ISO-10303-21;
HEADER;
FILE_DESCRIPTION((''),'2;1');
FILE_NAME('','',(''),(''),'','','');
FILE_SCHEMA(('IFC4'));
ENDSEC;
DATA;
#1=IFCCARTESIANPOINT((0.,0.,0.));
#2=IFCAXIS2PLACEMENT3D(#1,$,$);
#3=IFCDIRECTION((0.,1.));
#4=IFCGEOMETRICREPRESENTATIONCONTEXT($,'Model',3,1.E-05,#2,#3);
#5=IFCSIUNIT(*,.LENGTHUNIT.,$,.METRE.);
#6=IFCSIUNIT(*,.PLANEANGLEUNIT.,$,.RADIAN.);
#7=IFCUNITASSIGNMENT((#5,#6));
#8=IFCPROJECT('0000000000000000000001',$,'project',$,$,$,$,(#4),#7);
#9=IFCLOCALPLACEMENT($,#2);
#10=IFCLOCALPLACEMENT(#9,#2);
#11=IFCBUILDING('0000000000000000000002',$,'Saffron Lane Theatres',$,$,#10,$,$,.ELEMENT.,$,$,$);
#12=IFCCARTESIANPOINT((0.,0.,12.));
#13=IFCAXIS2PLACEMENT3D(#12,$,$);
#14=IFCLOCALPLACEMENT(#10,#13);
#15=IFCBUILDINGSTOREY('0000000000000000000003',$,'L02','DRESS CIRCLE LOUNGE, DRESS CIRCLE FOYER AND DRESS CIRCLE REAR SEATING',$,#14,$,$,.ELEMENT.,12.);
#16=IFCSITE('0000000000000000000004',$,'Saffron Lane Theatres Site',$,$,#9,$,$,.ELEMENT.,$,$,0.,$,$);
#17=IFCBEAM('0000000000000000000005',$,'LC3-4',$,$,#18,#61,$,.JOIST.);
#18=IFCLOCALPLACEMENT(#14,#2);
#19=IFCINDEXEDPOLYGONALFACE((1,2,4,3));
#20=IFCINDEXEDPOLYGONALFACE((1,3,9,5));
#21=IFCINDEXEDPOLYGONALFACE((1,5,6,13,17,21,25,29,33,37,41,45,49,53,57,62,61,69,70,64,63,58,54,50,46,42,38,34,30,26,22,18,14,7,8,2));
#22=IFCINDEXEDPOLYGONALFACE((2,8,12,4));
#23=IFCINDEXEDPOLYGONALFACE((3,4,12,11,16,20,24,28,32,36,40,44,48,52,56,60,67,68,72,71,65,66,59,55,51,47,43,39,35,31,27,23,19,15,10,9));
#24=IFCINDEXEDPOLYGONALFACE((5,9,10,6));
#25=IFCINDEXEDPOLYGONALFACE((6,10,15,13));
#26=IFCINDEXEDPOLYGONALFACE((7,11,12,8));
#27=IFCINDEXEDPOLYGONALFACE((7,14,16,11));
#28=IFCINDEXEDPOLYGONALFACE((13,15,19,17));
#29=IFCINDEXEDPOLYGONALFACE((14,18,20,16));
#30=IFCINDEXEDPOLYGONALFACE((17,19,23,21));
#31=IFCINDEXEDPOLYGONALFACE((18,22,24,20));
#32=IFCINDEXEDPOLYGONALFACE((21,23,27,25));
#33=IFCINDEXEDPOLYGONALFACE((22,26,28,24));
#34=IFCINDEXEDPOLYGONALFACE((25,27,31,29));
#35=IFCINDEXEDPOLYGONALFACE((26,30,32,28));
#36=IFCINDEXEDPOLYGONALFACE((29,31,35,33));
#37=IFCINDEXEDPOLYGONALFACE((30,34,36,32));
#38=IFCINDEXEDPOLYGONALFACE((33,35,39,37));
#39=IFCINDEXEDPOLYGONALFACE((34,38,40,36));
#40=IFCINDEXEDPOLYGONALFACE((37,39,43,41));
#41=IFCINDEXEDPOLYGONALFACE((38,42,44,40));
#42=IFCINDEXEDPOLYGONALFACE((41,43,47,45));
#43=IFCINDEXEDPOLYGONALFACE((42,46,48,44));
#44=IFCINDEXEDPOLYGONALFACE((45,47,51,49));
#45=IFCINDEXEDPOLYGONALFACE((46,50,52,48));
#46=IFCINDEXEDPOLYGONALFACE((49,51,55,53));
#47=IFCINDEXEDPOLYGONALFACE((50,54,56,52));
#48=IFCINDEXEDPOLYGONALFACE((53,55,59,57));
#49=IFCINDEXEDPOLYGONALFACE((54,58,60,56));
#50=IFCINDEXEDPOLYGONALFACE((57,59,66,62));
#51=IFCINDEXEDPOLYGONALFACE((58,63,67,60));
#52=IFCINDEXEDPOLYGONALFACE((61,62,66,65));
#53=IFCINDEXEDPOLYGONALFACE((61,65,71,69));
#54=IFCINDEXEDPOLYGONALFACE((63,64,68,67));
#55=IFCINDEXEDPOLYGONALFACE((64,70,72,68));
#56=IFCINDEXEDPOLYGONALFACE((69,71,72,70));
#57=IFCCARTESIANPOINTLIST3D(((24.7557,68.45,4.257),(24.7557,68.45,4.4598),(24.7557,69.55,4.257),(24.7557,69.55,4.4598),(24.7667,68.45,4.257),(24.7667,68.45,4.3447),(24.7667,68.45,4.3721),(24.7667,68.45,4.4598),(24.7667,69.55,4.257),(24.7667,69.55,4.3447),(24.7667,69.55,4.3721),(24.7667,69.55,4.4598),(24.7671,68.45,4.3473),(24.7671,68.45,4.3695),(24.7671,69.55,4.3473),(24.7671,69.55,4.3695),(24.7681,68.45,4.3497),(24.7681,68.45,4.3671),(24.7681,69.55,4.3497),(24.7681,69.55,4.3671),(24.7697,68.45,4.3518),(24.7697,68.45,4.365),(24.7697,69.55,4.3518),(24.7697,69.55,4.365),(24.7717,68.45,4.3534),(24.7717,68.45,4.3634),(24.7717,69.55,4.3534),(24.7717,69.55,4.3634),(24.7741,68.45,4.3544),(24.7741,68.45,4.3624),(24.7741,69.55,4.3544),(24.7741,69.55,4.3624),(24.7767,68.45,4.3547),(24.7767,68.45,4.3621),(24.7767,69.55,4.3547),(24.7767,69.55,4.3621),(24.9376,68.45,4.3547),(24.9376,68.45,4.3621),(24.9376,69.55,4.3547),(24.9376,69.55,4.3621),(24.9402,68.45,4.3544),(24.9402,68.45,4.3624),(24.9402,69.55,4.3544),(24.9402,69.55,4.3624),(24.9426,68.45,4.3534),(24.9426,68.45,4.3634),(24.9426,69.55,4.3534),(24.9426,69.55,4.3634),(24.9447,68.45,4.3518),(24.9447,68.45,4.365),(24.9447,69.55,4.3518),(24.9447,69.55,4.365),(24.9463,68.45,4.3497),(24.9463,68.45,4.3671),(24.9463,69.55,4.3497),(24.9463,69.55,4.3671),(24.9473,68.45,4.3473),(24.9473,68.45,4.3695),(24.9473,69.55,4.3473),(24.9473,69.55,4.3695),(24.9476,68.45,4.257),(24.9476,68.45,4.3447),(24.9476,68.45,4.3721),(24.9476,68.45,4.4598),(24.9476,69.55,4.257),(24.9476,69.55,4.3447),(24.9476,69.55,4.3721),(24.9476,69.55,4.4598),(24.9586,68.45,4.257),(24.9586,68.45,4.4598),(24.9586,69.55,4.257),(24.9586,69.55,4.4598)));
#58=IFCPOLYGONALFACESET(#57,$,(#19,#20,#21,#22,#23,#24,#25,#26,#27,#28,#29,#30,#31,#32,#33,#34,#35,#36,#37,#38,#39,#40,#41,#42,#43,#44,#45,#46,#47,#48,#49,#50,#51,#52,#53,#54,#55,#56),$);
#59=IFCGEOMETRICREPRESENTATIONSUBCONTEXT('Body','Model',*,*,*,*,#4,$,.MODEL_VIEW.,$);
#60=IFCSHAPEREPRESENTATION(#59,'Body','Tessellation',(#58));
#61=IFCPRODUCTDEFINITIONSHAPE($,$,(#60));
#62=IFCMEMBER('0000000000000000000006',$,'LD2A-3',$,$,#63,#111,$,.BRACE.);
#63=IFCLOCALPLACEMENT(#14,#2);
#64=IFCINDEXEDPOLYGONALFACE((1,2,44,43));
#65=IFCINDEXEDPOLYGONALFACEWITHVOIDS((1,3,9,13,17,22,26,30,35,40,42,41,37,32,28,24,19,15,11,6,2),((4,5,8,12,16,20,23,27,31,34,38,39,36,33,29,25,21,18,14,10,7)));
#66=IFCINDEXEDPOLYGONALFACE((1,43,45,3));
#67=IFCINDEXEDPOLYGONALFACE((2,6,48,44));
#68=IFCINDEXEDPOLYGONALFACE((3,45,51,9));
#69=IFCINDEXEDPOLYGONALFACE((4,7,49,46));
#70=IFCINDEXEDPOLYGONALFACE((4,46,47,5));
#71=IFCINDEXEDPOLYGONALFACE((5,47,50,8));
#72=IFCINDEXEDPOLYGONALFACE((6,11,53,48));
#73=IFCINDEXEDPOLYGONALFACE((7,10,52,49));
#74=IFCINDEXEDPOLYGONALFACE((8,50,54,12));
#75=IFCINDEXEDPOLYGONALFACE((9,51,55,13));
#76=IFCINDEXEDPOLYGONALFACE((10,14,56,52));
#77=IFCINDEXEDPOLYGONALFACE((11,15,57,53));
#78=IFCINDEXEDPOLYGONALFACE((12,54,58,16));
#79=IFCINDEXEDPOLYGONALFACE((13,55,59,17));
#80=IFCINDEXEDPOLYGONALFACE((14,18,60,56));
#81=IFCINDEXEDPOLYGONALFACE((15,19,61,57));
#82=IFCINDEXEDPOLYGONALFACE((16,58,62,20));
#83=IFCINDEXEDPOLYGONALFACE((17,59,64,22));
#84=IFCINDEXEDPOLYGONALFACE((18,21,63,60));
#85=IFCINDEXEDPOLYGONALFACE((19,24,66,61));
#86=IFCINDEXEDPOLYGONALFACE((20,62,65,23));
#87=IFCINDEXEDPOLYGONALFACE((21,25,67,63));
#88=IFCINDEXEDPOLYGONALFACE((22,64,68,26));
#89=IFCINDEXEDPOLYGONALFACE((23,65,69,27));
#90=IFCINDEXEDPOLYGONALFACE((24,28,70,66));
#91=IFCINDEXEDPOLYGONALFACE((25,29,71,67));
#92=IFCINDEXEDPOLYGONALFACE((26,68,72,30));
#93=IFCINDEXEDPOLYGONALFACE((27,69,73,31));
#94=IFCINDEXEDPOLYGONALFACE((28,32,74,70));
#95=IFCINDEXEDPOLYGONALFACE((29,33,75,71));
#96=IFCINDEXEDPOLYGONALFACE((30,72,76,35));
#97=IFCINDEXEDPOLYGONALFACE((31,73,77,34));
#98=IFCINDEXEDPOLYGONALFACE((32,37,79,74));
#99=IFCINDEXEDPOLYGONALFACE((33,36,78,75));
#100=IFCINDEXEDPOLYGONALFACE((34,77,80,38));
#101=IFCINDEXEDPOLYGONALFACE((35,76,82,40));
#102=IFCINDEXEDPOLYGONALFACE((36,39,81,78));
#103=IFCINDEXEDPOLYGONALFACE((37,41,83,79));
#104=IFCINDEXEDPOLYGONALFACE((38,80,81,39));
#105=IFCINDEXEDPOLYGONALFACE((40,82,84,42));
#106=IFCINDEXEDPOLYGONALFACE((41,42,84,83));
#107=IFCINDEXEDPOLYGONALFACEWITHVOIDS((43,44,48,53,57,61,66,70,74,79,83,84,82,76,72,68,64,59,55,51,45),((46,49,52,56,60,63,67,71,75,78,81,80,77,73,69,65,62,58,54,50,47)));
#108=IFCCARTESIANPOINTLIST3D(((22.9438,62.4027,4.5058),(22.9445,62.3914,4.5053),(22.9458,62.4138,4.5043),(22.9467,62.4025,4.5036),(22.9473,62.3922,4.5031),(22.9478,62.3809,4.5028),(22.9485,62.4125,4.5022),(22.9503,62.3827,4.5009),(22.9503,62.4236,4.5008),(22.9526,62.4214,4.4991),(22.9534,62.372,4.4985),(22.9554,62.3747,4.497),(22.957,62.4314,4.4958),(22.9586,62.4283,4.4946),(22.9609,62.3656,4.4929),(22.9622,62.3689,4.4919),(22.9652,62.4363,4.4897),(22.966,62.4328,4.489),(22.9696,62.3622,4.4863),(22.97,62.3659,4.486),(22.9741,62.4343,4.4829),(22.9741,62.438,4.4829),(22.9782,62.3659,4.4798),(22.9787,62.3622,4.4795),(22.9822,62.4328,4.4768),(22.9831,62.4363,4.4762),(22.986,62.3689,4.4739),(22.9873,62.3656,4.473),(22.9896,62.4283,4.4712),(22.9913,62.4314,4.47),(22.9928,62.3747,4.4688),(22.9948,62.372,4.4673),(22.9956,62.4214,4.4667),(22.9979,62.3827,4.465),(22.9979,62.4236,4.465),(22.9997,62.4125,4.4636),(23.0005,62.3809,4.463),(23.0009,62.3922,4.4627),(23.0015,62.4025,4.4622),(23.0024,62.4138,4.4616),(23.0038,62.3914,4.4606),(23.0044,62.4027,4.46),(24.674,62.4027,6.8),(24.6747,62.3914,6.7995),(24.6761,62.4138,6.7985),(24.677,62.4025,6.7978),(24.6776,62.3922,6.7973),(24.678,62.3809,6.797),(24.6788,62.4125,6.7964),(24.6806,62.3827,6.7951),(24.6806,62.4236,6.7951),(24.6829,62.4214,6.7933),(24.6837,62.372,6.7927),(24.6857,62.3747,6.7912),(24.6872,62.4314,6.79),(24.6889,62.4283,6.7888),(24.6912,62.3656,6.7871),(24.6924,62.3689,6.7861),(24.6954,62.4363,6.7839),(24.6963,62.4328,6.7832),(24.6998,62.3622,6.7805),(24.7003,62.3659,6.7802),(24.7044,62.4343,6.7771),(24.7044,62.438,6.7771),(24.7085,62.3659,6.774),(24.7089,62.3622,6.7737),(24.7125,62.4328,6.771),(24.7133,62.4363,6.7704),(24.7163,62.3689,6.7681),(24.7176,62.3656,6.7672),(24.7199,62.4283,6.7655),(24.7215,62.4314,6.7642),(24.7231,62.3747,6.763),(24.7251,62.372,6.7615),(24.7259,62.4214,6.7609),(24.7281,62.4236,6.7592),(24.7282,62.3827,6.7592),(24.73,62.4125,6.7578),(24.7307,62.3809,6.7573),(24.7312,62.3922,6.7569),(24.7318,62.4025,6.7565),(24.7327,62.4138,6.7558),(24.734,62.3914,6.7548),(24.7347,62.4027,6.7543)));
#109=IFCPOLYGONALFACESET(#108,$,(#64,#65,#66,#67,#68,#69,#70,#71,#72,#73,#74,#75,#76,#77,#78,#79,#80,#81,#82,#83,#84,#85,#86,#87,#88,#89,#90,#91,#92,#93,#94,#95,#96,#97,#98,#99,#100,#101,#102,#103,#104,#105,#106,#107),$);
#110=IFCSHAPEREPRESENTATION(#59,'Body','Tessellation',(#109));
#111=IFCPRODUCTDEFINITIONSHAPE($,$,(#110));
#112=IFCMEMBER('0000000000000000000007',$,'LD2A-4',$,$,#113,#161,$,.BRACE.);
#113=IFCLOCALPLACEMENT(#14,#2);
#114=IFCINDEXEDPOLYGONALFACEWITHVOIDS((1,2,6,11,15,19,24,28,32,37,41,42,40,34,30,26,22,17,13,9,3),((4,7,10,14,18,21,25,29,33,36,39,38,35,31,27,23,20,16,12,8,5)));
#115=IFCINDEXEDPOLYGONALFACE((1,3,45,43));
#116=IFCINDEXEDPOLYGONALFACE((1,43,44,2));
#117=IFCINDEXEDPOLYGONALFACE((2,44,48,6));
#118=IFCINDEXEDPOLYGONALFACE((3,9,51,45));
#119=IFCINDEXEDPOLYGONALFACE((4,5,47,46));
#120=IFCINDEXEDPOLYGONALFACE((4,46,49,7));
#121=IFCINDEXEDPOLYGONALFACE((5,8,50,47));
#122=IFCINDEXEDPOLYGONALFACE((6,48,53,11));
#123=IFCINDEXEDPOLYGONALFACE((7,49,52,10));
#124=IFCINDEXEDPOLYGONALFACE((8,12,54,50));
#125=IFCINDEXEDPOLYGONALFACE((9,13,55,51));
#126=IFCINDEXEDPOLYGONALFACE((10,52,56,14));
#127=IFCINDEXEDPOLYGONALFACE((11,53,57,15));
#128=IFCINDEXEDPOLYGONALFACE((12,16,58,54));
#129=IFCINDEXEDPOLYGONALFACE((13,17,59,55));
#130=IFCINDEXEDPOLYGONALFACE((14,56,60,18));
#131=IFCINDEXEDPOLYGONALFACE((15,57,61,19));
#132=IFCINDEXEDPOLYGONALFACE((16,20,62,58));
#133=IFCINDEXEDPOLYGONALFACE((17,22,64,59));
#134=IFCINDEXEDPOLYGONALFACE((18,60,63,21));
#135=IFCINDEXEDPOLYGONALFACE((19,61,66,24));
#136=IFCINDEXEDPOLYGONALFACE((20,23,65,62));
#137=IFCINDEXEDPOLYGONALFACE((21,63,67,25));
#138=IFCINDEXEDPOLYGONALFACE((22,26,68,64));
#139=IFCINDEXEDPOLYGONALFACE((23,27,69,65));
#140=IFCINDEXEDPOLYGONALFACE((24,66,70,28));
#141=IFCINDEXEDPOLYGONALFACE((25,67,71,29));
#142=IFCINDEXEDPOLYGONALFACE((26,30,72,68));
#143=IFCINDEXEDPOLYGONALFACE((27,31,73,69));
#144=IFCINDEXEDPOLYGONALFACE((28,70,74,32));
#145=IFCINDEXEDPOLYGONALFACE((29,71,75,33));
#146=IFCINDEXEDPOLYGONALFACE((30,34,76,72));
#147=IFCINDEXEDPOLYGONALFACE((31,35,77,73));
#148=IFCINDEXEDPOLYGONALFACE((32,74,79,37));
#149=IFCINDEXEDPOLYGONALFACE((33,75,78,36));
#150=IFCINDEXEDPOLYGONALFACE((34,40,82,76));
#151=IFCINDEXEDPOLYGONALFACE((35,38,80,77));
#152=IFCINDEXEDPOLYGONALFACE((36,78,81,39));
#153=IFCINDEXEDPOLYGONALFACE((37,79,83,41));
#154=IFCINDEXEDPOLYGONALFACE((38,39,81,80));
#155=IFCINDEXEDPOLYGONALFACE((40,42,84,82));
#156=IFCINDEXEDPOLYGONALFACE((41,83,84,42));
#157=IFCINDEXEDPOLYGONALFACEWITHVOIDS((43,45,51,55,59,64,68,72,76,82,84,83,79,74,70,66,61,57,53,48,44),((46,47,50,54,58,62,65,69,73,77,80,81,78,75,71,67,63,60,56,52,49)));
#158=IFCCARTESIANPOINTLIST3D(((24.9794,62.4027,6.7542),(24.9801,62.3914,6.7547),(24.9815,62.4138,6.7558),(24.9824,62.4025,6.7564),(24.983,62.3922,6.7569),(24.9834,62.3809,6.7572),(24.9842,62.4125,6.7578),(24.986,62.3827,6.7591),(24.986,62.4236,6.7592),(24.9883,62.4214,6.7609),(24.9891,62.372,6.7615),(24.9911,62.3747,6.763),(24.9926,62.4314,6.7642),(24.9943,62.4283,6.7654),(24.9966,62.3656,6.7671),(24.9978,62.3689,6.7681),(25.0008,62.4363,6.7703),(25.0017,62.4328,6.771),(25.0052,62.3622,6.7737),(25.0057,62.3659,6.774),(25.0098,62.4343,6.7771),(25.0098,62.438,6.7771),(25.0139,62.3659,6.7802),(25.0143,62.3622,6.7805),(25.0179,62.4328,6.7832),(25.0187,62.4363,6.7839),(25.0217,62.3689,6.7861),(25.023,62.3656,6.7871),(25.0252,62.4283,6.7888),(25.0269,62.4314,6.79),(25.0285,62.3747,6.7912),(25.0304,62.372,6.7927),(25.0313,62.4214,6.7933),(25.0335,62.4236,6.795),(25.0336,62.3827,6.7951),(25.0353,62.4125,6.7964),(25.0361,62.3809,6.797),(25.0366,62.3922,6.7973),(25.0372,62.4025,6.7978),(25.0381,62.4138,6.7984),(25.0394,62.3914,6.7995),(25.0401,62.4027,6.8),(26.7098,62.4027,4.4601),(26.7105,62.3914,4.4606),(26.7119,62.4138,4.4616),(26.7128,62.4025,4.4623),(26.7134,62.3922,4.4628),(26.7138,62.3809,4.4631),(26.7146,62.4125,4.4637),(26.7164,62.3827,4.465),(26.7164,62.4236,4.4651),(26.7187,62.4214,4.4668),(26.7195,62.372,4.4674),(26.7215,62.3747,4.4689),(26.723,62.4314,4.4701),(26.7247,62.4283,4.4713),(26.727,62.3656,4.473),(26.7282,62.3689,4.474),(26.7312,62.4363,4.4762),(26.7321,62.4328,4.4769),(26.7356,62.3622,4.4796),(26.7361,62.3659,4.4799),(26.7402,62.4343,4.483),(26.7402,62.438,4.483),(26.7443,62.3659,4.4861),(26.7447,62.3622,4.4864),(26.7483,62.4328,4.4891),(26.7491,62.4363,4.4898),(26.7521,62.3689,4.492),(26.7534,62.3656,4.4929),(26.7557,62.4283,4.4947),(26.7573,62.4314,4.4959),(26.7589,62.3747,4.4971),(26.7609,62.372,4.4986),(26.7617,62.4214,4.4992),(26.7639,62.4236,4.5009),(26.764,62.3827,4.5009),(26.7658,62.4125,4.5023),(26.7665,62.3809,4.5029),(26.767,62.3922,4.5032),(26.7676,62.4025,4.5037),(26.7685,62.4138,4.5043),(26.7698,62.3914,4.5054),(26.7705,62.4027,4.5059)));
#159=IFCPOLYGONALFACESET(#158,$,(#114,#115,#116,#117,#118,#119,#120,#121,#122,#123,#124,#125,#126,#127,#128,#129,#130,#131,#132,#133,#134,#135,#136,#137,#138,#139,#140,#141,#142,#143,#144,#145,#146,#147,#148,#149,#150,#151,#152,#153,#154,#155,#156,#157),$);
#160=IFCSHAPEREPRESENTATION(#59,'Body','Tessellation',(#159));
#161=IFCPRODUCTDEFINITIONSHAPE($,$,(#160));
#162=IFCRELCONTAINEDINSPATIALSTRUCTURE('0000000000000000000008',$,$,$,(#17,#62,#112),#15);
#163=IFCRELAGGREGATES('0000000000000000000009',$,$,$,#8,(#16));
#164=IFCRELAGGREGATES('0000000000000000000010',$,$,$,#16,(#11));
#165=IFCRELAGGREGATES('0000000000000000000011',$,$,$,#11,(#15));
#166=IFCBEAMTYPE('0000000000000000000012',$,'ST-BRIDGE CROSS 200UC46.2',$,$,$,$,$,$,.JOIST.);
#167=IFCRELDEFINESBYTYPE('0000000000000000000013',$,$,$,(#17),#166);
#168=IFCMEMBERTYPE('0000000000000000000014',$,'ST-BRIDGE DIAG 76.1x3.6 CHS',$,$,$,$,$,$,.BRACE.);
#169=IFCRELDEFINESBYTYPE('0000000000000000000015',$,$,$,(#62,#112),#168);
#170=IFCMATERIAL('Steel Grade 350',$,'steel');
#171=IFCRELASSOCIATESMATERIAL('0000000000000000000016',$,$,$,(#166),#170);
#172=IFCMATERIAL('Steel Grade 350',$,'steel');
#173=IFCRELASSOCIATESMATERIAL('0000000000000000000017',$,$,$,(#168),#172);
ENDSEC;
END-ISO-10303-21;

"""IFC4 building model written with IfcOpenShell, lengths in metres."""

from ifc_helpers import new_model, si_unit, direction, frame, origin, origin_2d, place, context, subcontext, project, spatial, hollow_circle, i_section, extrude, material, material_profile, profile_set, type_object, element, save


model = new_model("IFC4")

# Units and contexts
model_context = context("Model", 3, precision=1e-05, world=origin(), true_north=direction((0.0, 1.0)))
body_context = subcontext(model_context, "Body", "Model", "MODEL_VIEW")
ifc_project = project(units=[si_unit("LENGTHUNIT", "METRE"), si_unit("PLANEANGLEUNIT", "RADIAN")], contexts=[model_context])

# Site, building, storey
site_placement = place(None, origin())
site = spatial("IfcSite", under=ifc_project, at=site_placement, Name="Saffron Lane Theatres Site", CompositionType="ELEMENT", RefElevation=0.0)
building_placement = place(site_placement, origin())
building = spatial("IfcBuilding", under=site, at=building_placement, Name="Saffron Lane Theatres", CompositionType="ELEMENT")
storey_placement = place(building_placement, frame((0.0, 0.0, 12.0)))
storey = spatial("IfcBuildingStorey", under=building, at=storey_placement, Name="L02", Description="DRESS CIRCLE LOUNGE, DRESS CIRCLE FOYER AND DRESS CIRCLE REAR SEATING", CompositionType="ELEMENT", Elevation=12.0)

# Beam
ifc_material_1 = material(Name="Steel Grade 350", Category="steel")
ifc_material_profile_1 = material_profile(ifc_material_1, i_section(OverallWidth=0.2029, OverallDepth=0.2029, WebThickness=0.0073, FlangeThickness=0.011, FilletRadius=0.01, at=origin_2d()))
ifc_profile_set_1 = profile_set([ifc_material_profile_1], Name="Steel Grade 350")
beam_type = type_object("IfcBeamType", Name="ST-BRIDGE CROSS 200UC46.2", PredefinedType="JOIST", material=ifc_profile_set_1)
for number, where, z_axis, x_axis, name in (
    (1, (24.8572, 68.45, 4.3584), (0.0, 1.0, 0.0), (0.0, 0.0, 1.0), "LC3-4"),
):
    element("IfcBeam", number, at=place(storey_placement, frame(where, z_axis=z_axis, x_axis=x_axis)), inside=storey, type_object=beam_type, Name=name, PredefinedType="JOIST", context=body_context, shape_type="SweptSolid", body=[
        extrude(i_section(OverallWidth=0.2029, OverallDepth=0.2029, WebThickness=0.0073, FlangeThickness=0.011, FilletRadius=0.01, at=origin_2d()), origin(), (0.0, 0.0, 1.0), 1.1001),
    ])

# Members
ifc_material_2 = material(Name="Steel Grade 350", Category="steel")
ifc_material_profile_2 = material_profile(ifc_material_2, hollow_circle(Radius=0.0381, WallThickness=0.0037, at=origin_2d()))
ifc_profile_set_2 = profile_set([ifc_material_profile_2], Name="Steel Grade 350")
member_type = type_object("IfcMemberType", Name="ST-BRIDGE DIAG 76.1x3.6 CHS", PredefinedType="BRACE", material=ifc_profile_set_2)
for number, where, z_axis, x_axis, name in (
    (2, (22.9741, 62.3999, 4.4829), (0.602132, 0.0, 0.798396), (0.0, 1.0, 0.0), "LD2A-3"),
    (3, (25.0098, 62.3999, 6.7771), (0.602186, 0.0, -0.798356), (0.0, 1.0, 0.0), "LD2A-4"),
):
    element("IfcMember", number, at=place(storey_placement, frame(where, z_axis=z_axis, x_axis=x_axis)), inside=storey, type_object=member_type, Name=name, PredefinedType="BRACE", context=body_context, shape_type="SweptSolid", body=[
        extrude(hollow_circle(Radius=0.0381, WallThickness=0.0037, at=origin_2d()), origin(), (0.0, 0.0, 1.0), 2.8735),
    ])

save(model, "model.ifc")
